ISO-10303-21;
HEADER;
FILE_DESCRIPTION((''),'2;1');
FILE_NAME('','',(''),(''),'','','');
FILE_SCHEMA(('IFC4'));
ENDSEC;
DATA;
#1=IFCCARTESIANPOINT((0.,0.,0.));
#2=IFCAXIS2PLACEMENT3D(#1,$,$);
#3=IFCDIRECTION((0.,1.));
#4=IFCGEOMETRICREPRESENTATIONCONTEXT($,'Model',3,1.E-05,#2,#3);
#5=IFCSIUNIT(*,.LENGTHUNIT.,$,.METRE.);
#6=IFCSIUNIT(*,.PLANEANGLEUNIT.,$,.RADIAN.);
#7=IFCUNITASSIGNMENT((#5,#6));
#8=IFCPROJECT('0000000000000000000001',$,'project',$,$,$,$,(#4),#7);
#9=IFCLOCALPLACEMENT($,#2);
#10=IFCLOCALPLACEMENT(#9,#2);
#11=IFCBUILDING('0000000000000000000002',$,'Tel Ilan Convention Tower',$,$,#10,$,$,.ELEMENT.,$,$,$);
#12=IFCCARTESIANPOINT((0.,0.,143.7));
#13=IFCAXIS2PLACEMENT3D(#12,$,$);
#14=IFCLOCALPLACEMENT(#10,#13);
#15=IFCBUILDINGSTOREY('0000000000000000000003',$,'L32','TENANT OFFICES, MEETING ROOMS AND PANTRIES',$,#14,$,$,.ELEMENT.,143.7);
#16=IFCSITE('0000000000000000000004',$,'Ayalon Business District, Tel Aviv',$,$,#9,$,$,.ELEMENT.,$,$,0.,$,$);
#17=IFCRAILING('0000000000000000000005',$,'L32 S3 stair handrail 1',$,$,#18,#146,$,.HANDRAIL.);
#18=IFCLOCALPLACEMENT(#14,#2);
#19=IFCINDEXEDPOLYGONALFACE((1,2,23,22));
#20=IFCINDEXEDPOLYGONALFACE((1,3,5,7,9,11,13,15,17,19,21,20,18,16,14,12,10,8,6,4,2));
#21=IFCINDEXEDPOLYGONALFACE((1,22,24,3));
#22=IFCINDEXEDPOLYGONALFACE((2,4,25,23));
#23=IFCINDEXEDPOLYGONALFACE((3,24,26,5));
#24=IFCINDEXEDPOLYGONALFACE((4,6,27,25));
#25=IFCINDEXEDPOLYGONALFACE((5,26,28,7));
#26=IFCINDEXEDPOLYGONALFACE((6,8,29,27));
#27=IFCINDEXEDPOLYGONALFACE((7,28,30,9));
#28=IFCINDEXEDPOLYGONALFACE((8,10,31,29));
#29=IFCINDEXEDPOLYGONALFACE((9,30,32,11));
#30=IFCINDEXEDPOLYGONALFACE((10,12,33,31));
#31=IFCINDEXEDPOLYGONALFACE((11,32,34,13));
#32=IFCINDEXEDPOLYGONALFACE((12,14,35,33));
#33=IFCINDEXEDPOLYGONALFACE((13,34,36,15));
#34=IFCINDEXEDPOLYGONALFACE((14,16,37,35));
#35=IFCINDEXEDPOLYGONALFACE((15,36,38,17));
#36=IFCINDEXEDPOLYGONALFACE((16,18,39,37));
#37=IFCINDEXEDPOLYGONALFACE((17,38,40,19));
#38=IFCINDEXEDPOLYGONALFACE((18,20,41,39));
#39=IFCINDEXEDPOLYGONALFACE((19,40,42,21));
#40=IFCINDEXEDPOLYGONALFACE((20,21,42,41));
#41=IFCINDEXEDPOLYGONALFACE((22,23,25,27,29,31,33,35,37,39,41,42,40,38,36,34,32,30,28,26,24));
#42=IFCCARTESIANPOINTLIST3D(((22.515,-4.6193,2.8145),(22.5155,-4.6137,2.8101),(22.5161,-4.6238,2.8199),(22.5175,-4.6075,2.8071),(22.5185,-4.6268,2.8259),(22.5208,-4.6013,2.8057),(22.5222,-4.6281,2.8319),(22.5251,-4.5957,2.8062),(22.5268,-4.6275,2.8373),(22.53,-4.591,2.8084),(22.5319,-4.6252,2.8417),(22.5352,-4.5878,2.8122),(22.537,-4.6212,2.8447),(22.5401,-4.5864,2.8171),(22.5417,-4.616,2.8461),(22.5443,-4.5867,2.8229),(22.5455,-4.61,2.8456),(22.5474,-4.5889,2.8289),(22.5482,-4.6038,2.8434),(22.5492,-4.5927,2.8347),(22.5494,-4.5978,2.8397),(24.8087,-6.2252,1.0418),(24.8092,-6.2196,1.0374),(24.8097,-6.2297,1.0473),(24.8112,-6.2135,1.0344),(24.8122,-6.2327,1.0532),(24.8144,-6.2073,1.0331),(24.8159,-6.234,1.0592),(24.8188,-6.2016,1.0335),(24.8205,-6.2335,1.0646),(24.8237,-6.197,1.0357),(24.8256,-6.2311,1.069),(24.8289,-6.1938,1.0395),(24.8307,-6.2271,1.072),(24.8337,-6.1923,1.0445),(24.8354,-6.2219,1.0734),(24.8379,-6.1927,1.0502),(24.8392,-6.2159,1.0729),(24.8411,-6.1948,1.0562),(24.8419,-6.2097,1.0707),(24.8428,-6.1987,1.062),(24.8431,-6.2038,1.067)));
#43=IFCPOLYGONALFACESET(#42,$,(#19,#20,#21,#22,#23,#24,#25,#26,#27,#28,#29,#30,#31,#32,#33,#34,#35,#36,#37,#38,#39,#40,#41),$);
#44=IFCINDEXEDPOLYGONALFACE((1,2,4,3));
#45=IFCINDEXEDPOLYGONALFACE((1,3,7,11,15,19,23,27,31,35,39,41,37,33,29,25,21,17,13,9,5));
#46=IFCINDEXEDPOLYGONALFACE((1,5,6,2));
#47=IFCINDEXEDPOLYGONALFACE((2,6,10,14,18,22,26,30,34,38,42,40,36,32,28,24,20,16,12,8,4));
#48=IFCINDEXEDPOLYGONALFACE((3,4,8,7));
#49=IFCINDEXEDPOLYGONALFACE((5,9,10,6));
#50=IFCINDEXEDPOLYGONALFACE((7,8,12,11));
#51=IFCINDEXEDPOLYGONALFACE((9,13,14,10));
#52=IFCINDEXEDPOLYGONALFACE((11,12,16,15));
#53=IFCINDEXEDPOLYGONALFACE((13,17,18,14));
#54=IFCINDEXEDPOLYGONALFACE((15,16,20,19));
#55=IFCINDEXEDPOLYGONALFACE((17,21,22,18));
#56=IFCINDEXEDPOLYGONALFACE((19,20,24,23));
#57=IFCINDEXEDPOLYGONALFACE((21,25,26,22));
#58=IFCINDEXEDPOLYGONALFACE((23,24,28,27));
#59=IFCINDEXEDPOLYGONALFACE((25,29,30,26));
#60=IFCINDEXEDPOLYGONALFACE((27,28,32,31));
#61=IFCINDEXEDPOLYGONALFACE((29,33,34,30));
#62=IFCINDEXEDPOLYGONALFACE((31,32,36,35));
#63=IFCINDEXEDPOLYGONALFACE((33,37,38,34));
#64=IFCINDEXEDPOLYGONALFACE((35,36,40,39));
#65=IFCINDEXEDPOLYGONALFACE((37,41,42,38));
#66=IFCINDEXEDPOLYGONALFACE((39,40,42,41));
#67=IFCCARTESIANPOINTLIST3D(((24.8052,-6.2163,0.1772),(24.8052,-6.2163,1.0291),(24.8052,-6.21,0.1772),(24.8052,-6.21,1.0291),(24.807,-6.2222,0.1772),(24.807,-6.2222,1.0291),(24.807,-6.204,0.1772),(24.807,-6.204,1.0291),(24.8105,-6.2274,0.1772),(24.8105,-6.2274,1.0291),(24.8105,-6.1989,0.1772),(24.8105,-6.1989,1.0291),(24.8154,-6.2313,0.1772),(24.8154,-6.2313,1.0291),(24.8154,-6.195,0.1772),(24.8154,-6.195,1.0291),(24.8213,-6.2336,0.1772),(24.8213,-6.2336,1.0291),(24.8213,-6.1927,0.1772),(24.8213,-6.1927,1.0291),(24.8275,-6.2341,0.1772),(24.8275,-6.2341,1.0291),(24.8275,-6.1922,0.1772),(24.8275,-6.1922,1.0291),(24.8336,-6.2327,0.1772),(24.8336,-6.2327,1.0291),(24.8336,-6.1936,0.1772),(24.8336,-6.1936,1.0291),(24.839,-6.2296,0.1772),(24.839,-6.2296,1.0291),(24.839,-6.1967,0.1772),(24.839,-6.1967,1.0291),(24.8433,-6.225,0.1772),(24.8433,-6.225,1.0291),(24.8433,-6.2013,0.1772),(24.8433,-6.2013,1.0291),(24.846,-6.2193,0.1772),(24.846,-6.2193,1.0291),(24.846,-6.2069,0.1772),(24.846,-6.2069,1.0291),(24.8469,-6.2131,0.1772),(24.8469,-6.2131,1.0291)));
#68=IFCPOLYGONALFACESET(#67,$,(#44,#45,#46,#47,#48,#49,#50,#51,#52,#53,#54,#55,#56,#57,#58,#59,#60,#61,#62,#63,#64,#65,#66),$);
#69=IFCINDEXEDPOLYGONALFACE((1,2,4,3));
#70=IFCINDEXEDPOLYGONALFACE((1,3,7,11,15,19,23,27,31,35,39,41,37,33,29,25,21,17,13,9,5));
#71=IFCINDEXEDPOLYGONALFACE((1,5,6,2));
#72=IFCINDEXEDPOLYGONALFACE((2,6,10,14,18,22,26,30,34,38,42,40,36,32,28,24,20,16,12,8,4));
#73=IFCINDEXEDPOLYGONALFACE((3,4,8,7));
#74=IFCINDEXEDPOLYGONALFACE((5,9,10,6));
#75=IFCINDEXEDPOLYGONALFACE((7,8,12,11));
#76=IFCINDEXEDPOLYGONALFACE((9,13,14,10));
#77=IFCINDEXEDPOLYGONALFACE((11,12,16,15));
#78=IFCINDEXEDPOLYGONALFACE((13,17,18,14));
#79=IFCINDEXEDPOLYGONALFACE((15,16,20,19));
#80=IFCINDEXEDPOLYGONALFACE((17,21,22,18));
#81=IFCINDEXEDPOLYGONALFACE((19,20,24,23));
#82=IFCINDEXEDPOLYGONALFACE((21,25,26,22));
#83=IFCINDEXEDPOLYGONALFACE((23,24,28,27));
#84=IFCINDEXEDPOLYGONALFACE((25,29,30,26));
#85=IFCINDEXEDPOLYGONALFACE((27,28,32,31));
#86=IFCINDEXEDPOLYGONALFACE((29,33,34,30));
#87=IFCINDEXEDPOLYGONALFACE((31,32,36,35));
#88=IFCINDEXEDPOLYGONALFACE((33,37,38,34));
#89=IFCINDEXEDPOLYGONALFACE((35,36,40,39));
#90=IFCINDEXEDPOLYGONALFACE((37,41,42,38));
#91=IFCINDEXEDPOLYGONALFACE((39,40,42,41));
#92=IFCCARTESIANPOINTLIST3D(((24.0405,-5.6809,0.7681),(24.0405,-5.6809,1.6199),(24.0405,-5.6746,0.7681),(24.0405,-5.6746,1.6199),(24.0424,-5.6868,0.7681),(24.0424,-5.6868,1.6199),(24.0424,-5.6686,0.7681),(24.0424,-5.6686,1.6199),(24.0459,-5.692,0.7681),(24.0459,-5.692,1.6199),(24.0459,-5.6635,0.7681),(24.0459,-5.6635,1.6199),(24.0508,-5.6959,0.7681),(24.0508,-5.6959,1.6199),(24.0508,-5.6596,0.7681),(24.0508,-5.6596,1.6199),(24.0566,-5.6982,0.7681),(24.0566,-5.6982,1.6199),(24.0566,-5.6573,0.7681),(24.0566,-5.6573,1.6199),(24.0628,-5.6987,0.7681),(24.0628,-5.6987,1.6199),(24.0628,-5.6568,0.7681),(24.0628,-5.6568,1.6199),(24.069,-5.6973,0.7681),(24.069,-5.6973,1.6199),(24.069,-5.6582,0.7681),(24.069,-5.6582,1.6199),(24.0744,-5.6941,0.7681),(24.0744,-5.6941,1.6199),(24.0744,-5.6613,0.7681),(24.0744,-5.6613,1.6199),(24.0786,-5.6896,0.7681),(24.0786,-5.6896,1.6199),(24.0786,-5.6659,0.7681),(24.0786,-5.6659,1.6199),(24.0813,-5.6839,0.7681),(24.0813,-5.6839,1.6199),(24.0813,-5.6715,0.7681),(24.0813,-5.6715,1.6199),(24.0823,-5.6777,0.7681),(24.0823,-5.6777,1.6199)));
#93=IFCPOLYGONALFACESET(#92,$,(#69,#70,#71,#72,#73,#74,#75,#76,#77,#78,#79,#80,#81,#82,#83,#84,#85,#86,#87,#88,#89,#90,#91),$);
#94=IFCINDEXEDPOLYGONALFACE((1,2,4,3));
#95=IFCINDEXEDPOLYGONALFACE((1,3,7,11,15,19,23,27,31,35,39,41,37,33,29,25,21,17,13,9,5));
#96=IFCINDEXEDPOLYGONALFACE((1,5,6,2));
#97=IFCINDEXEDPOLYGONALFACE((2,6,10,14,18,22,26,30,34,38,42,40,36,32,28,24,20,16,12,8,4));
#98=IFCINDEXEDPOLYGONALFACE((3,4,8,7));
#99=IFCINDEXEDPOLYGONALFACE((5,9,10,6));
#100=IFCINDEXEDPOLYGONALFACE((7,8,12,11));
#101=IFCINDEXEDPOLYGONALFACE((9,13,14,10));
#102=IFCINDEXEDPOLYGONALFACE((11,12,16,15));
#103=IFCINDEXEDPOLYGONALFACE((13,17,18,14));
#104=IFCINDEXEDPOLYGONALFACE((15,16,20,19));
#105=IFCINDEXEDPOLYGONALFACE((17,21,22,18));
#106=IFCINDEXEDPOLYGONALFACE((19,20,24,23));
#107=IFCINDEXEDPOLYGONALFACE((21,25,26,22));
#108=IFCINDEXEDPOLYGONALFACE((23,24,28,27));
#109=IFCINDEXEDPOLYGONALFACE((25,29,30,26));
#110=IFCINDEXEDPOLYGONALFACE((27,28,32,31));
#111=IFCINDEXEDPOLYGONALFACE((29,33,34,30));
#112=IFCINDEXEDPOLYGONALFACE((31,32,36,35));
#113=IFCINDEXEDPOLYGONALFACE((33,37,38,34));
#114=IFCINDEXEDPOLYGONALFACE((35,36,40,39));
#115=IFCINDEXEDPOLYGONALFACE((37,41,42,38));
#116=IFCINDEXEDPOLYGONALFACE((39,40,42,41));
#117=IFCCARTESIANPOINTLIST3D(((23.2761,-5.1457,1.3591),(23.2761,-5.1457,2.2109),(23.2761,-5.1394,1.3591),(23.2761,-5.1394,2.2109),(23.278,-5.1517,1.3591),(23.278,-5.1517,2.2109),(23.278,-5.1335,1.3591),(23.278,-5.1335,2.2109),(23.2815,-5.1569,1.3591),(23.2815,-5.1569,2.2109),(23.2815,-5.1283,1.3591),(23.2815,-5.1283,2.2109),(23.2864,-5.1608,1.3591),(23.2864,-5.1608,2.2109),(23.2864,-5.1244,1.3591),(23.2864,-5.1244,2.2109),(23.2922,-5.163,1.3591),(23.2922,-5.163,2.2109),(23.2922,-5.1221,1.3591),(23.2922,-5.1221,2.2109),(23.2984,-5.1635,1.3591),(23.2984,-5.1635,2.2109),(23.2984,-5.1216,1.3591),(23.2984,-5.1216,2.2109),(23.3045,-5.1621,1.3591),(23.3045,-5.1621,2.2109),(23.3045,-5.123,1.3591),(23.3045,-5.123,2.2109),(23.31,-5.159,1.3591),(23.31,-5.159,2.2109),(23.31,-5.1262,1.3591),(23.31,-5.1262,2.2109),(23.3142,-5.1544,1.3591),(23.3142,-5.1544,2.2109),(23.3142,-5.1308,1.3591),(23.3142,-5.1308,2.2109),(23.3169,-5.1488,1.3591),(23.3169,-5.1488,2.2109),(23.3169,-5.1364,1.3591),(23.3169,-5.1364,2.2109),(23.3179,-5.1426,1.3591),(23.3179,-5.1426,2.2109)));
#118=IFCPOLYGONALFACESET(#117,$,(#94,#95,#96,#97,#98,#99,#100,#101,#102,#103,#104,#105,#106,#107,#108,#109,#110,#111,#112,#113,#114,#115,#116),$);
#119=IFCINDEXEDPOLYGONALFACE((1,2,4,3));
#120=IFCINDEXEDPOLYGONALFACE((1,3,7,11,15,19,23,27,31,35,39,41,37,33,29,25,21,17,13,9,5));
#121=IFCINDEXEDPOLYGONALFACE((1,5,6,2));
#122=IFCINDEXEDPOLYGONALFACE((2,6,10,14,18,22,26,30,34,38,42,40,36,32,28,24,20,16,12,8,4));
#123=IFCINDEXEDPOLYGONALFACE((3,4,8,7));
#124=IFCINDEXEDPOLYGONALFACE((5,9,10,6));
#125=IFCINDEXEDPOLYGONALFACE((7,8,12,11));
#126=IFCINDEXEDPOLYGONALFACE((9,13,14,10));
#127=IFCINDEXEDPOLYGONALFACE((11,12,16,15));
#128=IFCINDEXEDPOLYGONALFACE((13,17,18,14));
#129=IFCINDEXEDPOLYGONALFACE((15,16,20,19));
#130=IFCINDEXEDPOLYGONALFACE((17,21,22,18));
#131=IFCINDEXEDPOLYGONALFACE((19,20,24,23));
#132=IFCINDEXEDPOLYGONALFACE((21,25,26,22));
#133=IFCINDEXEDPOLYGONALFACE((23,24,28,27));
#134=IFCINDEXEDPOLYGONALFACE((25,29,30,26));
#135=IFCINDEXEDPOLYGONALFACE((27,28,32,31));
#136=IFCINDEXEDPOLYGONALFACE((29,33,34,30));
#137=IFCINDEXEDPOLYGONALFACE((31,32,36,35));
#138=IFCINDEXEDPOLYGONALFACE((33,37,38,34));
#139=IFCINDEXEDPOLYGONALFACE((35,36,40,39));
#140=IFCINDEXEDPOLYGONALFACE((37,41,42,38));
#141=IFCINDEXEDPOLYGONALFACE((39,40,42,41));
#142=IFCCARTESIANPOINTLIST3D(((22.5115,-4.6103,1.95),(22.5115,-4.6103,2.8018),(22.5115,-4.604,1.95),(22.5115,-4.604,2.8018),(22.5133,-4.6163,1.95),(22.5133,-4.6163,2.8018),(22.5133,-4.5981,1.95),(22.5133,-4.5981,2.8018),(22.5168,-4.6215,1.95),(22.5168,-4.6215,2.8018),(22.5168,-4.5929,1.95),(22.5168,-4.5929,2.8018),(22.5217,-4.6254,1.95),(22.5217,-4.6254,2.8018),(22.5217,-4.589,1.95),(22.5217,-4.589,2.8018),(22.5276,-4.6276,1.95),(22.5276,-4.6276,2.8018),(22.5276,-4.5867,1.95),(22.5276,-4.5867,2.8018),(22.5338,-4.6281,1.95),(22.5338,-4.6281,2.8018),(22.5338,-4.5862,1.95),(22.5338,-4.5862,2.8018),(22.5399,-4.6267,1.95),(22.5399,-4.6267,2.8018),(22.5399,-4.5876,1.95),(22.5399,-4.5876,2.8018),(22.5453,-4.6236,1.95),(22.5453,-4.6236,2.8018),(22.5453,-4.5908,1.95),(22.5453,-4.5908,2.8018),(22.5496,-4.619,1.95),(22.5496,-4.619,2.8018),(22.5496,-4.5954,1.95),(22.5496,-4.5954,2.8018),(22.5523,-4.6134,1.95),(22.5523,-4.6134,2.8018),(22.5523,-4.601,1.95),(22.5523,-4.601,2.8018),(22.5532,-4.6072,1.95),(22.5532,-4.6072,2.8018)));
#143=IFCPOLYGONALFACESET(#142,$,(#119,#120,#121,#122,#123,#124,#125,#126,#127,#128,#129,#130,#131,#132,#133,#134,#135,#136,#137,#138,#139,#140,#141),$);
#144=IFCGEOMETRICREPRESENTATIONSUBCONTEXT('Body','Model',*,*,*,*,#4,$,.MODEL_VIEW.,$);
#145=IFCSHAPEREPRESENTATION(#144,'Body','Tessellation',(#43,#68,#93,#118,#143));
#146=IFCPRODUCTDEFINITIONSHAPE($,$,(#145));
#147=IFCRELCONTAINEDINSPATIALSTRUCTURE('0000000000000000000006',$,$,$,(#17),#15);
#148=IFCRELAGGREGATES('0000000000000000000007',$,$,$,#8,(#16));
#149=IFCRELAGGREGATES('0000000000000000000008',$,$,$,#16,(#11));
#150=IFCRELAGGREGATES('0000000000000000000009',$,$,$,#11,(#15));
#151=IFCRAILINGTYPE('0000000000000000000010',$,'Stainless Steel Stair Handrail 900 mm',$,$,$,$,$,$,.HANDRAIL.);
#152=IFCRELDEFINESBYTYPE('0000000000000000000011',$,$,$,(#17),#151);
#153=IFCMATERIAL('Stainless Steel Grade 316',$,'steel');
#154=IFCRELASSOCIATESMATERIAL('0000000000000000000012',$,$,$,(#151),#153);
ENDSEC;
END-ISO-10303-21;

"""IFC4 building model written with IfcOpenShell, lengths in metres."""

from ifc_helpers import new_model, si_unit, direction, frame, origin, origin_2d, place, context, subcontext, project, spatial, circle, extrude, material, type_object, element, save


model = new_model("IFC4")

# Units and contexts
model_context = context("Model", 3, precision=1e-05, world=origin(), true_north=direction((0.0, 1.0)))
body_context = subcontext(model_context, "Body", "Model", "MODEL_VIEW")
ifc_project = project(units=[si_unit("LENGTHUNIT", "METRE"), si_unit("PLANEANGLEUNIT", "RADIAN")], contexts=[model_context])

# Site, building, storey
site_placement = place(None, origin())
site = spatial("IfcSite", under=ifc_project, at=site_placement, Name="Ayalon Business District, Tel Aviv", CompositionType="ELEMENT", RefElevation=0.0)
building_placement = place(site_placement, origin())
building = spatial("IfcBuilding", under=site, at=building_placement, Name="Tel Ilan Convention Tower", CompositionType="ELEMENT")
storey_placement = place(building_placement, frame((0.0, 0.0, 143.7)))
storey = spatial("IfcBuildingStorey", under=building, at=storey_placement, Name="L32", Description="TENANT OFFICES, MEETING ROOMS AND PANTRIES", CompositionType="ELEMENT", Elevation=143.7)

# Railing
ifc_material_1 = material(Name="Stainless Steel Grade 316", Category="steel")
railing_type_1 = type_object("IfcRailingType", Name="Stainless Steel Stair Handrail 900 mm", PredefinedType="HANDRAIL", material=ifc_material_1)
railing_1_placement = place(storey_placement, frame((24.8259, -6.2131, 0.1772)))
element("IfcRailing", 1, at=railing_1_placement, inside=storey, type_object=railing_type_1, Name="L32 S3 stair handrail 1", PredefinedType="HANDRAIL", context=body_context, shape_type="SweptSolid", body=[
    extrude(circle(Radius=0.0239, at=origin_2d()), frame((0.0, 0.0, 0.876), z_axis=(-0.692123, 0.484597, 0.534913), x_axis=(-0.57355, -0.81917, 0.0)), (0.0, 0.0, 1.0), 3.314),
    extrude(circle(Radius=0.021, at=origin_2d()), origin(), (0.0, 0.0, 1.0), 0.8518),
    extrude(circle(Radius=0.021, at=origin_2d()), frame((-0.7646, 0.5354, 0.5908)), (0.0, 0.0, 1.0), 0.8518),
    extrude(circle(Radius=0.021, at=origin_2d()), frame((-1.5291, 1.0706, 1.1819)), (0.0, 0.0, 1.0), 0.8518),
    extrude(circle(Radius=0.021, at=origin_2d()), frame((-2.2937, 1.606, 1.7727)), (0.0, 0.0, 1.0), 0.8518),
])

save(model, "model.ifc")
